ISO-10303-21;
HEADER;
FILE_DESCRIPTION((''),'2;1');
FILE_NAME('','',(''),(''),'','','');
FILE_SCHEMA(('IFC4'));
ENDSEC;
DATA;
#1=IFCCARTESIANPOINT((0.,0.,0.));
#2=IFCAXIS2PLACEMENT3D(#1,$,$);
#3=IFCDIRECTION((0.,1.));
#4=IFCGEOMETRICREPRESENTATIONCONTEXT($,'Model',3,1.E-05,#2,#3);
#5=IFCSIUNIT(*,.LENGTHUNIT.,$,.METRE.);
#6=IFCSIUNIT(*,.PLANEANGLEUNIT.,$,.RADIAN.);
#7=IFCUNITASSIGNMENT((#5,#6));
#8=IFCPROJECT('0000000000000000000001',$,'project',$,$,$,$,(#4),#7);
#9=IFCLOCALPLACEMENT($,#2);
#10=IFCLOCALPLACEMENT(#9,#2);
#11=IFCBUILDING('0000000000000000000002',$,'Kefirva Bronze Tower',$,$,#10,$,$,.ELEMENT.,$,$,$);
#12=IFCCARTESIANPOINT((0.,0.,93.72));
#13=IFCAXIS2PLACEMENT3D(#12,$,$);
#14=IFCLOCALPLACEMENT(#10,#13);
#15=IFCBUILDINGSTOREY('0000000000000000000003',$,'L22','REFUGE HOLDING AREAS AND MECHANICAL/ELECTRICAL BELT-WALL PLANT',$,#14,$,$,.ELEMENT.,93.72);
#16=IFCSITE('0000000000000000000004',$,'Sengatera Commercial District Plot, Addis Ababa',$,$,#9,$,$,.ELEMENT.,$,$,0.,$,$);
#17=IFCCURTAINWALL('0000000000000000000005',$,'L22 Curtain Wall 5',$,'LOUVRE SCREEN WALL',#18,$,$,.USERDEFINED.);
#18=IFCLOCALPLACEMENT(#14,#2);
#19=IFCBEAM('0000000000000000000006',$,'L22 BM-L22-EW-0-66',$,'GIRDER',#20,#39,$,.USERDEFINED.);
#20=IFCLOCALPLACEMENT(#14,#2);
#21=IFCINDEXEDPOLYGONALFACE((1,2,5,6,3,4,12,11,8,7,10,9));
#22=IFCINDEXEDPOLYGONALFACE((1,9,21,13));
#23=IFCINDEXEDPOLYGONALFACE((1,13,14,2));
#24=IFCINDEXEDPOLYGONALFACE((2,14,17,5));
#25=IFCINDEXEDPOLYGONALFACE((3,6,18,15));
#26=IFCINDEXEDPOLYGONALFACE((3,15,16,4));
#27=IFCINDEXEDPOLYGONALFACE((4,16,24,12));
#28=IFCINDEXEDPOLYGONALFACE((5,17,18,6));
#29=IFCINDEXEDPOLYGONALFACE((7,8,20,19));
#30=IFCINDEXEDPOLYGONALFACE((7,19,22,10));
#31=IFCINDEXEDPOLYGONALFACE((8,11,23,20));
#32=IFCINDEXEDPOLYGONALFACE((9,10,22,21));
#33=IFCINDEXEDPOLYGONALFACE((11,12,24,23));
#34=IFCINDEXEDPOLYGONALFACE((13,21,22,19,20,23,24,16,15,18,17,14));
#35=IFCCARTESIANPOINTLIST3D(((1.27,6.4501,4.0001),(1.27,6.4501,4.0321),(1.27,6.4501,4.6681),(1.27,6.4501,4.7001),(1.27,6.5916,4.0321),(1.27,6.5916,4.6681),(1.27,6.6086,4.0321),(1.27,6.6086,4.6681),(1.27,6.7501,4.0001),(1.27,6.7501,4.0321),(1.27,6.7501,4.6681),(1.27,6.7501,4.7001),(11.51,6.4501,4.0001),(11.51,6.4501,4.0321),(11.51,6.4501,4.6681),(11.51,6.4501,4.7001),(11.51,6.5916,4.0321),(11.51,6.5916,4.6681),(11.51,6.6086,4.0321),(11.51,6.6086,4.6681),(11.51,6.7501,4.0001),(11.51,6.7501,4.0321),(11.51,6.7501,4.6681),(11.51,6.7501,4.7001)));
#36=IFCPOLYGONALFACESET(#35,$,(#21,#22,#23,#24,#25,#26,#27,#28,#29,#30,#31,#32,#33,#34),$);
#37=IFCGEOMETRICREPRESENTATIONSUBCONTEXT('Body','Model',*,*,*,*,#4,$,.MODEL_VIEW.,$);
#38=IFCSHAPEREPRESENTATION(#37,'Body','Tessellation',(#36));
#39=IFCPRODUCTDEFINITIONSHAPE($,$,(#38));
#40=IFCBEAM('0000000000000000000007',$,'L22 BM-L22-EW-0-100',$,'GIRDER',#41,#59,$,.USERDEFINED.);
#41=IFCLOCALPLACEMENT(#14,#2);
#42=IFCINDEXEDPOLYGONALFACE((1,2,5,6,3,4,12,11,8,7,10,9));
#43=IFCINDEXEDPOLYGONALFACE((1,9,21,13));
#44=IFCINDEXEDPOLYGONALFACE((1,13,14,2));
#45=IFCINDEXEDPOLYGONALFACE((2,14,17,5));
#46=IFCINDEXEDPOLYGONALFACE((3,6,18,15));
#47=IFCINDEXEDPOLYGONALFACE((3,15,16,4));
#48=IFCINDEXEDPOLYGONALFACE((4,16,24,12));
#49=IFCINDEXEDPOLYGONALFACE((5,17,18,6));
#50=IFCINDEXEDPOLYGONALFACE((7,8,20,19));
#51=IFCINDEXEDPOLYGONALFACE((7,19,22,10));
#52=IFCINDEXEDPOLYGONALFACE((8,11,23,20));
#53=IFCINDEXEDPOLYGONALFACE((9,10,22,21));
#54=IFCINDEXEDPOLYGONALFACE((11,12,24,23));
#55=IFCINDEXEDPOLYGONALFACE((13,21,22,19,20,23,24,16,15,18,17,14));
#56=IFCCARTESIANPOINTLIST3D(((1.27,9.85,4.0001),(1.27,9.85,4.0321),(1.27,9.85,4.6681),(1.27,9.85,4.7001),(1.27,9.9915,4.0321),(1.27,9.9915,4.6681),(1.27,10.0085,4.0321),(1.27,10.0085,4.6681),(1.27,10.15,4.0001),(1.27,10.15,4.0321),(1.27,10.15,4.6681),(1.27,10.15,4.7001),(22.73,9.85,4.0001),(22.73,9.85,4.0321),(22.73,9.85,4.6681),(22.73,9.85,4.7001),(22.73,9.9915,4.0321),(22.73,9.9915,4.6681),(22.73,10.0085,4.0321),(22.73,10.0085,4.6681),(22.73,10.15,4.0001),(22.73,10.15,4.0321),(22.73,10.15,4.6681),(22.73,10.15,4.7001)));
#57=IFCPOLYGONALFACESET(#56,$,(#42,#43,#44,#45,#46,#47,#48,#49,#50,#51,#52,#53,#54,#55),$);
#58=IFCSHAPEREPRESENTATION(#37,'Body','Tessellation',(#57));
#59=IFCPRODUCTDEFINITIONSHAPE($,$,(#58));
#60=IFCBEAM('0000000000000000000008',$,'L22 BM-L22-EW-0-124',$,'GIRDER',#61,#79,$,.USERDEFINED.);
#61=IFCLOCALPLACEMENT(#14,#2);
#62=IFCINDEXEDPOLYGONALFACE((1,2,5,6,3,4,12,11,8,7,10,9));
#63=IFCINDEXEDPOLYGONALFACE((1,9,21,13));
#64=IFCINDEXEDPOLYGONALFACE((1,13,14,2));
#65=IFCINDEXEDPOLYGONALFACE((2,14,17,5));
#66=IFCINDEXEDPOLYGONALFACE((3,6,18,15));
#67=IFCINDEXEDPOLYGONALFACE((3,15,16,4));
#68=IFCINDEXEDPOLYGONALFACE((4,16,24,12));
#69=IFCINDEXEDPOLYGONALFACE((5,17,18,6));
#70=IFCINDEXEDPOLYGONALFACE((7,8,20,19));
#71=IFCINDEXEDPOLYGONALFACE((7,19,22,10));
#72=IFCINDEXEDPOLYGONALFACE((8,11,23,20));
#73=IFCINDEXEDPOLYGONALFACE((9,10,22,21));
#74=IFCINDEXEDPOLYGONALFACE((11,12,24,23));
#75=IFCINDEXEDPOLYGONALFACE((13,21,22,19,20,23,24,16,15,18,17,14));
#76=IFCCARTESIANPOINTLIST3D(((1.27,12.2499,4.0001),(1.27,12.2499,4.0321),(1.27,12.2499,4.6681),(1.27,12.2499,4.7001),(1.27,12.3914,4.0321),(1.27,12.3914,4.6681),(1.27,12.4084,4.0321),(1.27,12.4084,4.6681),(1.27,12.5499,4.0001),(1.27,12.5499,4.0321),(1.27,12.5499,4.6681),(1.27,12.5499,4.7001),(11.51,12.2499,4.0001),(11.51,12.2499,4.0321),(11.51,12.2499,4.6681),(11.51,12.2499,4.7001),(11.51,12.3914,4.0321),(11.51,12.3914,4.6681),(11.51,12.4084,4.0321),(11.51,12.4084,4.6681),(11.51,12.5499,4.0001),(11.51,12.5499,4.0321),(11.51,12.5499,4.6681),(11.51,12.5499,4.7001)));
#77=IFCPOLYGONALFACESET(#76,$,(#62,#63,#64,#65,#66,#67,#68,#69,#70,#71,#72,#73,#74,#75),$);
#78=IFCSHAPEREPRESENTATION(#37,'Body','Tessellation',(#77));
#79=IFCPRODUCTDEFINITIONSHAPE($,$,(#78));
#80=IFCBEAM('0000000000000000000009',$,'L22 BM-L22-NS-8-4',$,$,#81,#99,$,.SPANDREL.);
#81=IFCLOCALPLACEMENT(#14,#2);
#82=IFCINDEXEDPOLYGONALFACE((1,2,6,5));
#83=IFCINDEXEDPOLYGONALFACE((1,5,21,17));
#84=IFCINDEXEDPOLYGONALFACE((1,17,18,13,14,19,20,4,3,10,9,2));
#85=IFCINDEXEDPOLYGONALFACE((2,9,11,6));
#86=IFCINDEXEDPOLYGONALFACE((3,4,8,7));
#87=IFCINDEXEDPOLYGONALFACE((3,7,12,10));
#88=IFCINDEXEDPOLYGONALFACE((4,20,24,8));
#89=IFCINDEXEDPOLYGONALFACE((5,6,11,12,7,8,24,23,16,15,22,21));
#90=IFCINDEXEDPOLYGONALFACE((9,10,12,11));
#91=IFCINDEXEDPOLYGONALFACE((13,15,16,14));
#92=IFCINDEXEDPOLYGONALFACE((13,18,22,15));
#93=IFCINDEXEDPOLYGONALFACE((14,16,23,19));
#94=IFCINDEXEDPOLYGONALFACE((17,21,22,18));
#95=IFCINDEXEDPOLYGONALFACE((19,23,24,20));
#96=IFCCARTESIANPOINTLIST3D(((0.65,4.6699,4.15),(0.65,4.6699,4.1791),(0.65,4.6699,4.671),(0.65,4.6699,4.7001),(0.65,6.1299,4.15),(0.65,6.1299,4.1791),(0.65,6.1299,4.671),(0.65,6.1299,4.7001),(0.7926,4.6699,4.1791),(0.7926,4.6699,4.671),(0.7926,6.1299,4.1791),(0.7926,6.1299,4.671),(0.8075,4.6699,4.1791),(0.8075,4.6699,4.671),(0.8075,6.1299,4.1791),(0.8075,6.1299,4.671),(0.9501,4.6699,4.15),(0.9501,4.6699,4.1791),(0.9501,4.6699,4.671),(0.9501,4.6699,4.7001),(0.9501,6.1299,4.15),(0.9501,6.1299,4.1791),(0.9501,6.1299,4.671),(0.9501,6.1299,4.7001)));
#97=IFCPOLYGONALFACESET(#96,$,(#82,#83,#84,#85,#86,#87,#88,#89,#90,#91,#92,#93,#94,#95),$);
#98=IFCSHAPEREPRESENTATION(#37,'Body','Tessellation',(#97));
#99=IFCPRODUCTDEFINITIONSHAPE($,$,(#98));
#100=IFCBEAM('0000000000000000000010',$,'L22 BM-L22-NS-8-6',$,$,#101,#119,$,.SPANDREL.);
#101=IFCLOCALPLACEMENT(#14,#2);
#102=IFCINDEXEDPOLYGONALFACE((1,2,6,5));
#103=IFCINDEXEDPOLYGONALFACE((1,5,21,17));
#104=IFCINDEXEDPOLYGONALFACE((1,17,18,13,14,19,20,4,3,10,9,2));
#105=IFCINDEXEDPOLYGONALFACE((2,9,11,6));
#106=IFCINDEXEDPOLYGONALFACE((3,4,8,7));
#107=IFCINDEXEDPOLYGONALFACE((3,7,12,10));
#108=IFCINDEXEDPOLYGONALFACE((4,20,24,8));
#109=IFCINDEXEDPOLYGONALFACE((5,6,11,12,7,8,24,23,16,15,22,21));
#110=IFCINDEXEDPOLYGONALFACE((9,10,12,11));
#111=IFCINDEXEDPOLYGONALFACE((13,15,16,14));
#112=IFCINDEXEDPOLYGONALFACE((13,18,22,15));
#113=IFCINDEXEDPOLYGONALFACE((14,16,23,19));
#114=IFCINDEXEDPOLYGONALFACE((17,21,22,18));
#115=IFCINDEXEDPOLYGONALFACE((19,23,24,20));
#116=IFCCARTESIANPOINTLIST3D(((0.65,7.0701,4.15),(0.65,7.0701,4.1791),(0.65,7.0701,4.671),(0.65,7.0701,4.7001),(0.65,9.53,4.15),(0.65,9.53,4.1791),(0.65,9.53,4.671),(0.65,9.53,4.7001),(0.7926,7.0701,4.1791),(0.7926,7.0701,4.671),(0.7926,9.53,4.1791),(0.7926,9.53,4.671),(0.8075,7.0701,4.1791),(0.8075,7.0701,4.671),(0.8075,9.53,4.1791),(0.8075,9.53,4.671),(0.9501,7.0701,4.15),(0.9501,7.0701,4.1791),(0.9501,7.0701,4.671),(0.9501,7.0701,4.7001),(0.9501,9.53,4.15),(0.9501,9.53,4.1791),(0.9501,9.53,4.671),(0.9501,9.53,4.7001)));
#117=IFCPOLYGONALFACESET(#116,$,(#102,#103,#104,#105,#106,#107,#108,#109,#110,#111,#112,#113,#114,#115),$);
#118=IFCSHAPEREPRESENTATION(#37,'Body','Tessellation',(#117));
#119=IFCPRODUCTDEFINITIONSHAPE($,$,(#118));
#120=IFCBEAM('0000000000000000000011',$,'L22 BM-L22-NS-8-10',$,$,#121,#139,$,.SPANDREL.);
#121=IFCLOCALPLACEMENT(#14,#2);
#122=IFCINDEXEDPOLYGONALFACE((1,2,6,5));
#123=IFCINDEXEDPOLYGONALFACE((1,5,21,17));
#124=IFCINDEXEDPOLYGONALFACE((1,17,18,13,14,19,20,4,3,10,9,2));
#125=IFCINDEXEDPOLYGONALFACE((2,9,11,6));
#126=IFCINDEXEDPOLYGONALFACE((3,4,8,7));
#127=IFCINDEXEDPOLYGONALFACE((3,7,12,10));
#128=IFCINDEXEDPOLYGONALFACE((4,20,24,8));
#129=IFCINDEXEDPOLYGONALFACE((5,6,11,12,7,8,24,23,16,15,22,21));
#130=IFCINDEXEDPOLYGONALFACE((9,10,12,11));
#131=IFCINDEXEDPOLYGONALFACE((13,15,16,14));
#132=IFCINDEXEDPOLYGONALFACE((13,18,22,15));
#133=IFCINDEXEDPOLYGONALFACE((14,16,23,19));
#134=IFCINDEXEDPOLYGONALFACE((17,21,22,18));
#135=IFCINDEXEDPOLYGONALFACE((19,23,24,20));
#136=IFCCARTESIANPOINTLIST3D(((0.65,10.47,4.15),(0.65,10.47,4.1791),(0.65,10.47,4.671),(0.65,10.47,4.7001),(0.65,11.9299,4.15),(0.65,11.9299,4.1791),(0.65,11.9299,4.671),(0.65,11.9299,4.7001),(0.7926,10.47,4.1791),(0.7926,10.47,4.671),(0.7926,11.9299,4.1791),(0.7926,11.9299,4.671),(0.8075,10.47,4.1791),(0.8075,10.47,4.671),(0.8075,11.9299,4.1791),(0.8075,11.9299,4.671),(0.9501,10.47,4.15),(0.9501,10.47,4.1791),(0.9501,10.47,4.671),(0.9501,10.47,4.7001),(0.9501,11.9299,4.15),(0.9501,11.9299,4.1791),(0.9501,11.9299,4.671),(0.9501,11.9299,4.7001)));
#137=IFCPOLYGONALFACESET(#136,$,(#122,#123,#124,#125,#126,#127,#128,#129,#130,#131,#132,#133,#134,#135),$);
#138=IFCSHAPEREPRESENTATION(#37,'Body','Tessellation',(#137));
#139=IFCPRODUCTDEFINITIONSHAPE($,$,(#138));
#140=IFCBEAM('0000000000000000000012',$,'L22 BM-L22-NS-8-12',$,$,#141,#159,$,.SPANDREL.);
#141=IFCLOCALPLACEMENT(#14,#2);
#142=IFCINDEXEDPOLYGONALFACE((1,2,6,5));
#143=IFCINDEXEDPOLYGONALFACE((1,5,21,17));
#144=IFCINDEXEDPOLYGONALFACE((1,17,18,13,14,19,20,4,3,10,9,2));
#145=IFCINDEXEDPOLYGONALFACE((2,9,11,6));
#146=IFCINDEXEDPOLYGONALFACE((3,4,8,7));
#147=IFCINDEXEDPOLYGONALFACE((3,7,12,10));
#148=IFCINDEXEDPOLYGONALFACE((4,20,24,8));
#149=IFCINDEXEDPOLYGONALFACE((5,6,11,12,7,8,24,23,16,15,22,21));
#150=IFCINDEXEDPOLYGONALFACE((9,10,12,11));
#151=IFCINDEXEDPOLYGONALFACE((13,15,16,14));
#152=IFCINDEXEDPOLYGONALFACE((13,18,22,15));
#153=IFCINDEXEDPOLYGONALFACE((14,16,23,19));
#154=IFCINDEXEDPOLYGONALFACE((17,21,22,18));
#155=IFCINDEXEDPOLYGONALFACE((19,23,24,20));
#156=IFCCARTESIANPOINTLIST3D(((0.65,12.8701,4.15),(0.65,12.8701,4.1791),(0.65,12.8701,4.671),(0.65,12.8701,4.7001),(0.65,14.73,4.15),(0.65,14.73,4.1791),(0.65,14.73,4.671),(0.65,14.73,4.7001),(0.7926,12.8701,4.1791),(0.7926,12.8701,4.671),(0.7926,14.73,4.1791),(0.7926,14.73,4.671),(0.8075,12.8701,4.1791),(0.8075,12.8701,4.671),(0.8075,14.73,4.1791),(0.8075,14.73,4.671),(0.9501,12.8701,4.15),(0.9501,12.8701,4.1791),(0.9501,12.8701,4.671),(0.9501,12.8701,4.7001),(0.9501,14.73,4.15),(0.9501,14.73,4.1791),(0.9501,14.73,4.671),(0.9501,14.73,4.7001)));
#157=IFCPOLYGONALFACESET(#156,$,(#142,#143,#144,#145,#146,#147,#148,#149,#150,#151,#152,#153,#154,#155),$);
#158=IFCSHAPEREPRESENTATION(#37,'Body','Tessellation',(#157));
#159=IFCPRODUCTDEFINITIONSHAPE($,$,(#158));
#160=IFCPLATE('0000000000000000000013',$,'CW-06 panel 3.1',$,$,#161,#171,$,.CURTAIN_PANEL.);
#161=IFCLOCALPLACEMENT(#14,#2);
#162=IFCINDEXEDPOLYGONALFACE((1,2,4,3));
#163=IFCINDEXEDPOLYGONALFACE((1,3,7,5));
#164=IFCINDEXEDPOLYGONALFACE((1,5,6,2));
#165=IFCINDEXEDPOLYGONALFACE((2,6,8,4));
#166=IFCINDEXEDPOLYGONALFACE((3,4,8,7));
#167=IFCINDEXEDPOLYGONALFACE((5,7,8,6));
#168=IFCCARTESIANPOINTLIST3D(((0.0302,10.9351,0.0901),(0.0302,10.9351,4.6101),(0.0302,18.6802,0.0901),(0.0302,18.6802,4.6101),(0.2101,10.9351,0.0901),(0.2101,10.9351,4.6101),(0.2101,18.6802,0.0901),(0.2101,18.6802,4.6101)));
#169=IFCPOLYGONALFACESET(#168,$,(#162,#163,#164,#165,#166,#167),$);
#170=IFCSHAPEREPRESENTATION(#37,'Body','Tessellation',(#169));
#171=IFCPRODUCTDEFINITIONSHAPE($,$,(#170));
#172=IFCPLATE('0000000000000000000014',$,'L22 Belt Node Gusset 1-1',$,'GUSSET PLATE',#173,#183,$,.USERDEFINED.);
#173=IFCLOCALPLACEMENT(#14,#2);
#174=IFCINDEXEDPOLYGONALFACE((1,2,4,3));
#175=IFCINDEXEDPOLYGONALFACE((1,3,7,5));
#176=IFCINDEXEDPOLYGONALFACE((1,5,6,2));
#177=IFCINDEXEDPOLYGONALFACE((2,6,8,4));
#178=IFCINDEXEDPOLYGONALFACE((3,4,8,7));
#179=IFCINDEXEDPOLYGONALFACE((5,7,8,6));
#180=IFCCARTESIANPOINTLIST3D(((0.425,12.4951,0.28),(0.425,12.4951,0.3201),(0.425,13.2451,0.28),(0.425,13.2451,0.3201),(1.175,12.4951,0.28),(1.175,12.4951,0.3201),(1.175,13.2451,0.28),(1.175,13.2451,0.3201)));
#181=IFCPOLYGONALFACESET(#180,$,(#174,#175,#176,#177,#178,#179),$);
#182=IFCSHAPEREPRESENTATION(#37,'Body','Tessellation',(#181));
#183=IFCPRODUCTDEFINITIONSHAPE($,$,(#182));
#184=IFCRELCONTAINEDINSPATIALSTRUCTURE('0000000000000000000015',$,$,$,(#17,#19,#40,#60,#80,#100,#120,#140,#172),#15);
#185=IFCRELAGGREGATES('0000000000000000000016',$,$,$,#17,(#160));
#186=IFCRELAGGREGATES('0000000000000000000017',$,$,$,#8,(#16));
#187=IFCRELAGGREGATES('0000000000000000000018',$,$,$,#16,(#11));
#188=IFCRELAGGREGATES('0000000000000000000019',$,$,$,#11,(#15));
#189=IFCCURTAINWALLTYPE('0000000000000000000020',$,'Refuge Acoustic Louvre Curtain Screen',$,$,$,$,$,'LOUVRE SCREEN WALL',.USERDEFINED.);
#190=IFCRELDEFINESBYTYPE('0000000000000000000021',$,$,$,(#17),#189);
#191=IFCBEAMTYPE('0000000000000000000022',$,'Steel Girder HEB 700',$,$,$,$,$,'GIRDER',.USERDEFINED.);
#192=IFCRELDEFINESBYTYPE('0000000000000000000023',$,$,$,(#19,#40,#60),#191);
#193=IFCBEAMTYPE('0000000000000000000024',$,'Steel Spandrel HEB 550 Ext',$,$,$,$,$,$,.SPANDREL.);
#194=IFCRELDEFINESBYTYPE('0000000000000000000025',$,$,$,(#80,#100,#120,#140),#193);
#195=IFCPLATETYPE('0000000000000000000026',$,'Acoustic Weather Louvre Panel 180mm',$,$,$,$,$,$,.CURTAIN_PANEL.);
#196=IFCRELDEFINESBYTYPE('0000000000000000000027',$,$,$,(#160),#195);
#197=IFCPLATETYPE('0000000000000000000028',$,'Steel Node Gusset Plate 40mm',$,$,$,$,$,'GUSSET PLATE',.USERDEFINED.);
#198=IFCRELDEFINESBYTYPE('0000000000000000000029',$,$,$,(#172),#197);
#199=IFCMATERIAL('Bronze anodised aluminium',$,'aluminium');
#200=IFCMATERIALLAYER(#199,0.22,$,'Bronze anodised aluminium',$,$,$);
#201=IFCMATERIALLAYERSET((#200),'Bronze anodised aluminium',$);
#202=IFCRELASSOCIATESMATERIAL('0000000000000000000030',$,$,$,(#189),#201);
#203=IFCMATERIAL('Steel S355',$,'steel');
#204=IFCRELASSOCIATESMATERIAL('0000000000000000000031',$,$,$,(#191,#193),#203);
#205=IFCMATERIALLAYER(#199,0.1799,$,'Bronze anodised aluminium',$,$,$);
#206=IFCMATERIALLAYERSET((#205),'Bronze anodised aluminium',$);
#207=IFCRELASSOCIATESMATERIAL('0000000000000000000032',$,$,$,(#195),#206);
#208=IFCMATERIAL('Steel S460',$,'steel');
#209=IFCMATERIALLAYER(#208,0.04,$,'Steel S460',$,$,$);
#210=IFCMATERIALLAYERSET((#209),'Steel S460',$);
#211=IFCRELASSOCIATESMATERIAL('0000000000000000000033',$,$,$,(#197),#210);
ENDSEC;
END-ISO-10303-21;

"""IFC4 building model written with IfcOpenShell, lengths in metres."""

from ifc_helpers import new_model, si_unit, direction, frame, origin, origin_2d, place, context, subcontext, project, spatial, rectangle, i_section, extrude, material, layer, layer_set, material_profile, profile_set, type_object, element, aggregate, save


model = new_model("IFC4")

# Units and contexts
model_context = context("Model", 3, precision=1e-05, world=origin(), true_north=direction((0.0, 1.0)))
body_context = subcontext(model_context, "Body", "Model", "MODEL_VIEW")
ifc_project = project(units=[si_unit("LENGTHUNIT", "METRE"), si_unit("PLANEANGLEUNIT", "RADIAN")], contexts=[model_context])

# Site, building, storey
site_placement = place(None, origin())
site = spatial("IfcSite", under=ifc_project, at=site_placement, Name="Sengatera Commercial District Plot, Addis Ababa", CompositionType="ELEMENT", RefElevation=0.0)
building_placement = place(site_placement, origin())
building = spatial("IfcBuilding", under=site, at=building_placement, Name="Kefirva Bronze Tower", CompositionType="ELEMENT")
storey_placement = place(building_placement, frame((0.0, 0.0, 93.72)))
storey = spatial("IfcBuildingStorey", under=building, at=storey_placement, Name="L22", Description="REFUGE HOLDING AREAS AND MECHANICAL/ELECTRICAL BELT-WALL PLANT", CompositionType="ELEMENT", Elevation=93.72)

# Curtain wall
ifc_material_1 = material(Name="Bronze anodised aluminium", Category="aluminium")
ifc_layer_1 = layer(ifc_material_1, 0.22, Name="Bronze anodised aluminium")
ifc_layer_set_1 = layer_set([ifc_layer_1], Name="Bronze anodised aluminium")
curtain_wall_type = type_object("IfcCurtainWallType", Name="Refuge Acoustic Louvre Curtain Screen", ElementType="LOUVRE SCREEN WALL", PredefinedType="USERDEFINED", material=ifc_layer_set_1)
curtain_wall_1_placement = place(storey_placement, origin())
curtain_wall_1 = element("IfcCurtainWall", 1, at=curtain_wall_1_placement, inside=storey, type_object=curtain_wall_type, Name="L22 Curtain Wall 5", ObjectType="LOUVRE SCREEN WALL", PredefinedType="USERDEFINED")

# Shared definitions
ifc_material_2 = material(Name="Steel S460", Category="steel")

# Beams
ifc_material_3 = material(Name="Steel S355", Category="steel")
ifc_material_profile_1 = material_profile(ifc_material_3, i_section(OverallWidth=0.3, OverallDepth=0.7, WebThickness=0.0171, FlangeThickness=0.032, at=origin_2d()), Name="HEB 700")
ifc_profile_set_1 = profile_set([ifc_material_profile_1], Name="Steel S355")
beam_type_1 = type_object("IfcBeamType", Name="Steel Girder HEB 700", ElementType="GIRDER", PredefinedType="USERDEFINED", material=ifc_profile_set_1)
beam_1_placement = place(storey_placement, frame((1.27, 6.6001, 4.3501), z_axis=(1.0, 0.0, 0.0), x_axis=(0.0, 1.0, 0.0)))
element("IfcBeam", 2, at=beam_1_placement, inside=storey, type_object=beam_type_1, Name="L22 BM-L22-EW-0-66", ObjectType="GIRDER", PredefinedType="USERDEFINED", context=body_context, shape_type="SweptSolid", body=[
    extrude(i_section(OverallWidth=0.3, OverallDepth=0.7, WebThickness=0.0171, FlangeThickness=0.032, at=origin_2d()), origin(), (0.0, 0.0, 1.0), 10.24),
])
beam_2_placement = place(storey_placement, frame((1.27, 10.0, 4.3501), z_axis=(1.0, 0.0, 0.0), x_axis=(0.0, 1.0, 0.0)))
element("IfcBeam", 3, at=beam_2_placement, inside=storey, type_object=beam_type_1, Name="L22 BM-L22-EW-0-100", ObjectType="GIRDER", PredefinedType="USERDEFINED", context=body_context, shape_type="SweptSolid", body=[
    extrude(i_section(OverallWidth=0.3, OverallDepth=0.7, WebThickness=0.0171, FlangeThickness=0.032, at=origin_2d()), origin(), (0.0, 0.0, 1.0), 21.46),
])
beam_3_placement = place(storey_placement, frame((1.27, 12.3999, 4.3501), z_axis=(1.0, 0.0, 0.0), x_axis=(0.0, 1.0, 0.0)))
element("IfcBeam", 4, at=beam_3_placement, inside=storey, type_object=beam_type_1, Name="L22 BM-L22-EW-0-124", ObjectType="GIRDER", PredefinedType="USERDEFINED", context=body_context, shape_type="SweptSolid", body=[
    extrude(i_section(OverallWidth=0.3, OverallDepth=0.7, WebThickness=0.0171, FlangeThickness=0.032, at=origin_2d()), origin(), (0.0, 0.0, 1.0), 10.24),
])
ifc_material_profile_2 = material_profile(ifc_material_3, i_section(OverallWidth=0.3, OverallDepth=0.55, WebThickness=0.0149, FlangeThickness=0.0291, at=origin_2d()), Name="HEB 550")
ifc_profile_set_2 = profile_set([ifc_material_profile_2], Name="Steel S355")
beam_type_2 = type_object("IfcBeamType", Name="Steel Spandrel HEB 550 Ext", PredefinedType="SPANDREL", material=ifc_profile_set_2)
beam_4_placement = place(storey_placement, frame((0.8, 4.6699, 4.425), z_axis=(0.0, 1.0, 0.0), x_axis=(-1.0, 0.0, 0.0)))
element("IfcBeam", 5, at=beam_4_placement, inside=storey, type_object=beam_type_2, Name="L22 BM-L22-NS-8-4", PredefinedType="SPANDREL", context=body_context, shape_type="SweptSolid", body=[
    extrude(i_section(OverallWidth=0.3, OverallDepth=0.55, WebThickness=0.0149, FlangeThickness=0.0291, at=origin_2d()), origin(), (0.0, 0.0, 1.0), 1.46),
])
beam_5_placement = place(storey_placement, frame((0.8, 7.0701, 4.425), z_axis=(0.0, 1.0, 0.0), x_axis=(-1.0, 0.0, 0.0)))
element("IfcBeam", 6, at=beam_5_placement, inside=storey, type_object=beam_type_2, Name="L22 BM-L22-NS-8-6", PredefinedType="SPANDREL", context=body_context, shape_type="SweptSolid", body=[
    extrude(i_section(OverallWidth=0.3, OverallDepth=0.55, WebThickness=0.0149, FlangeThickness=0.0291, at=origin_2d()), origin(), (0.0, 0.0, 1.0), 2.46),
])
beam_6_placement = place(storey_placement, frame((0.8, 10.47, 4.425), z_axis=(0.0, 1.0, 0.0), x_axis=(-1.0, 0.0, 0.0)))
element("IfcBeam", 7, at=beam_6_placement, inside=storey, type_object=beam_type_2, Name="L22 BM-L22-NS-8-10", PredefinedType="SPANDREL", context=body_context, shape_type="SweptSolid", body=[
    extrude(i_section(OverallWidth=0.3, OverallDepth=0.55, WebThickness=0.0149, FlangeThickness=0.0291, at=origin_2d()), origin(), (0.0, 0.0, 1.0), 1.46),
])
beam_7_placement = place(storey_placement, frame((0.8, 12.8701, 4.425), z_axis=(0.0, 1.0, 0.0), x_axis=(-1.0, 0.0, 0.0)))
element("IfcBeam", 8, at=beam_7_placement, inside=storey, type_object=beam_type_2, Name="L22 BM-L22-NS-8-12", PredefinedType="SPANDREL", context=body_context, shape_type="SweptSolid", body=[
    extrude(i_section(OverallWidth=0.3, OverallDepth=0.55, WebThickness=0.0149, FlangeThickness=0.0291, at=origin_2d()), origin(), (0.0, 0.0, 1.0), 1.8599),
])

# Plates
ifc_layer_2 = layer(ifc_material_1, 0.1799, Name="Bronze anodised aluminium")
ifc_layer_set_2 = layer_set([ifc_layer_2], Name="Bronze anodised aluminium")
plate_type_1 = type_object("IfcPlateType", Name="Acoustic Weather Louvre Panel 180mm", PredefinedType="CURTAIN_PANEL", material=ifc_layer_set_2)
plate_1_placement = place(storey_placement, frame((0.1201, 14.8076, 0.0901), z_axis=(0.0, 0.0, 1.0), x_axis=(0.0, -1.0, 0.0)))
plate_1 = element("IfcPlate", 9, at=plate_1_placement, type_object=plate_type_1, Name="CW-06 panel 3.1", PredefinedType="CURTAIN_PANEL", context=body_context, shape_type="SweptSolid", body=[
    extrude(rectangle(XDim=7.7451, YDim=0.1799, at=origin_2d()), origin(), (0.0, 0.0, 1.0), 4.52),
])
aggregate(curtain_wall_1, [plate_1])
ifc_layer_3 = layer(ifc_material_2, 0.04, Name="Steel S460")
ifc_layer_set_3 = layer_set([ifc_layer_3], Name="Steel S460")
plate_type_2 = type_object("IfcPlateType", Name="Steel Node Gusset Plate 40mm", ElementType="GUSSET PLATE", PredefinedType="USERDEFINED", material=ifc_layer_set_3)
plate_2_placement = place(storey_placement, frame((0.8, 12.8701, 0.28), z_axis=(0.0, 0.0, 1.0), x_axis=(1.0, 0.0, 0.0)))
element("IfcPlate", 10, at=plate_2_placement, inside=storey, type_object=plate_type_2, Name="L22 Belt Node Gusset 1-1", ObjectType="GUSSET PLATE", PredefinedType="USERDEFINED", context=body_context, shape_type="SweptSolid", body=[
    extrude(rectangle(XDim=0.75, YDim=0.75, at=origin_2d()), origin(), (0.0, 0.0, 1.0), 0.04),
])

save(model, "model.ifc")
